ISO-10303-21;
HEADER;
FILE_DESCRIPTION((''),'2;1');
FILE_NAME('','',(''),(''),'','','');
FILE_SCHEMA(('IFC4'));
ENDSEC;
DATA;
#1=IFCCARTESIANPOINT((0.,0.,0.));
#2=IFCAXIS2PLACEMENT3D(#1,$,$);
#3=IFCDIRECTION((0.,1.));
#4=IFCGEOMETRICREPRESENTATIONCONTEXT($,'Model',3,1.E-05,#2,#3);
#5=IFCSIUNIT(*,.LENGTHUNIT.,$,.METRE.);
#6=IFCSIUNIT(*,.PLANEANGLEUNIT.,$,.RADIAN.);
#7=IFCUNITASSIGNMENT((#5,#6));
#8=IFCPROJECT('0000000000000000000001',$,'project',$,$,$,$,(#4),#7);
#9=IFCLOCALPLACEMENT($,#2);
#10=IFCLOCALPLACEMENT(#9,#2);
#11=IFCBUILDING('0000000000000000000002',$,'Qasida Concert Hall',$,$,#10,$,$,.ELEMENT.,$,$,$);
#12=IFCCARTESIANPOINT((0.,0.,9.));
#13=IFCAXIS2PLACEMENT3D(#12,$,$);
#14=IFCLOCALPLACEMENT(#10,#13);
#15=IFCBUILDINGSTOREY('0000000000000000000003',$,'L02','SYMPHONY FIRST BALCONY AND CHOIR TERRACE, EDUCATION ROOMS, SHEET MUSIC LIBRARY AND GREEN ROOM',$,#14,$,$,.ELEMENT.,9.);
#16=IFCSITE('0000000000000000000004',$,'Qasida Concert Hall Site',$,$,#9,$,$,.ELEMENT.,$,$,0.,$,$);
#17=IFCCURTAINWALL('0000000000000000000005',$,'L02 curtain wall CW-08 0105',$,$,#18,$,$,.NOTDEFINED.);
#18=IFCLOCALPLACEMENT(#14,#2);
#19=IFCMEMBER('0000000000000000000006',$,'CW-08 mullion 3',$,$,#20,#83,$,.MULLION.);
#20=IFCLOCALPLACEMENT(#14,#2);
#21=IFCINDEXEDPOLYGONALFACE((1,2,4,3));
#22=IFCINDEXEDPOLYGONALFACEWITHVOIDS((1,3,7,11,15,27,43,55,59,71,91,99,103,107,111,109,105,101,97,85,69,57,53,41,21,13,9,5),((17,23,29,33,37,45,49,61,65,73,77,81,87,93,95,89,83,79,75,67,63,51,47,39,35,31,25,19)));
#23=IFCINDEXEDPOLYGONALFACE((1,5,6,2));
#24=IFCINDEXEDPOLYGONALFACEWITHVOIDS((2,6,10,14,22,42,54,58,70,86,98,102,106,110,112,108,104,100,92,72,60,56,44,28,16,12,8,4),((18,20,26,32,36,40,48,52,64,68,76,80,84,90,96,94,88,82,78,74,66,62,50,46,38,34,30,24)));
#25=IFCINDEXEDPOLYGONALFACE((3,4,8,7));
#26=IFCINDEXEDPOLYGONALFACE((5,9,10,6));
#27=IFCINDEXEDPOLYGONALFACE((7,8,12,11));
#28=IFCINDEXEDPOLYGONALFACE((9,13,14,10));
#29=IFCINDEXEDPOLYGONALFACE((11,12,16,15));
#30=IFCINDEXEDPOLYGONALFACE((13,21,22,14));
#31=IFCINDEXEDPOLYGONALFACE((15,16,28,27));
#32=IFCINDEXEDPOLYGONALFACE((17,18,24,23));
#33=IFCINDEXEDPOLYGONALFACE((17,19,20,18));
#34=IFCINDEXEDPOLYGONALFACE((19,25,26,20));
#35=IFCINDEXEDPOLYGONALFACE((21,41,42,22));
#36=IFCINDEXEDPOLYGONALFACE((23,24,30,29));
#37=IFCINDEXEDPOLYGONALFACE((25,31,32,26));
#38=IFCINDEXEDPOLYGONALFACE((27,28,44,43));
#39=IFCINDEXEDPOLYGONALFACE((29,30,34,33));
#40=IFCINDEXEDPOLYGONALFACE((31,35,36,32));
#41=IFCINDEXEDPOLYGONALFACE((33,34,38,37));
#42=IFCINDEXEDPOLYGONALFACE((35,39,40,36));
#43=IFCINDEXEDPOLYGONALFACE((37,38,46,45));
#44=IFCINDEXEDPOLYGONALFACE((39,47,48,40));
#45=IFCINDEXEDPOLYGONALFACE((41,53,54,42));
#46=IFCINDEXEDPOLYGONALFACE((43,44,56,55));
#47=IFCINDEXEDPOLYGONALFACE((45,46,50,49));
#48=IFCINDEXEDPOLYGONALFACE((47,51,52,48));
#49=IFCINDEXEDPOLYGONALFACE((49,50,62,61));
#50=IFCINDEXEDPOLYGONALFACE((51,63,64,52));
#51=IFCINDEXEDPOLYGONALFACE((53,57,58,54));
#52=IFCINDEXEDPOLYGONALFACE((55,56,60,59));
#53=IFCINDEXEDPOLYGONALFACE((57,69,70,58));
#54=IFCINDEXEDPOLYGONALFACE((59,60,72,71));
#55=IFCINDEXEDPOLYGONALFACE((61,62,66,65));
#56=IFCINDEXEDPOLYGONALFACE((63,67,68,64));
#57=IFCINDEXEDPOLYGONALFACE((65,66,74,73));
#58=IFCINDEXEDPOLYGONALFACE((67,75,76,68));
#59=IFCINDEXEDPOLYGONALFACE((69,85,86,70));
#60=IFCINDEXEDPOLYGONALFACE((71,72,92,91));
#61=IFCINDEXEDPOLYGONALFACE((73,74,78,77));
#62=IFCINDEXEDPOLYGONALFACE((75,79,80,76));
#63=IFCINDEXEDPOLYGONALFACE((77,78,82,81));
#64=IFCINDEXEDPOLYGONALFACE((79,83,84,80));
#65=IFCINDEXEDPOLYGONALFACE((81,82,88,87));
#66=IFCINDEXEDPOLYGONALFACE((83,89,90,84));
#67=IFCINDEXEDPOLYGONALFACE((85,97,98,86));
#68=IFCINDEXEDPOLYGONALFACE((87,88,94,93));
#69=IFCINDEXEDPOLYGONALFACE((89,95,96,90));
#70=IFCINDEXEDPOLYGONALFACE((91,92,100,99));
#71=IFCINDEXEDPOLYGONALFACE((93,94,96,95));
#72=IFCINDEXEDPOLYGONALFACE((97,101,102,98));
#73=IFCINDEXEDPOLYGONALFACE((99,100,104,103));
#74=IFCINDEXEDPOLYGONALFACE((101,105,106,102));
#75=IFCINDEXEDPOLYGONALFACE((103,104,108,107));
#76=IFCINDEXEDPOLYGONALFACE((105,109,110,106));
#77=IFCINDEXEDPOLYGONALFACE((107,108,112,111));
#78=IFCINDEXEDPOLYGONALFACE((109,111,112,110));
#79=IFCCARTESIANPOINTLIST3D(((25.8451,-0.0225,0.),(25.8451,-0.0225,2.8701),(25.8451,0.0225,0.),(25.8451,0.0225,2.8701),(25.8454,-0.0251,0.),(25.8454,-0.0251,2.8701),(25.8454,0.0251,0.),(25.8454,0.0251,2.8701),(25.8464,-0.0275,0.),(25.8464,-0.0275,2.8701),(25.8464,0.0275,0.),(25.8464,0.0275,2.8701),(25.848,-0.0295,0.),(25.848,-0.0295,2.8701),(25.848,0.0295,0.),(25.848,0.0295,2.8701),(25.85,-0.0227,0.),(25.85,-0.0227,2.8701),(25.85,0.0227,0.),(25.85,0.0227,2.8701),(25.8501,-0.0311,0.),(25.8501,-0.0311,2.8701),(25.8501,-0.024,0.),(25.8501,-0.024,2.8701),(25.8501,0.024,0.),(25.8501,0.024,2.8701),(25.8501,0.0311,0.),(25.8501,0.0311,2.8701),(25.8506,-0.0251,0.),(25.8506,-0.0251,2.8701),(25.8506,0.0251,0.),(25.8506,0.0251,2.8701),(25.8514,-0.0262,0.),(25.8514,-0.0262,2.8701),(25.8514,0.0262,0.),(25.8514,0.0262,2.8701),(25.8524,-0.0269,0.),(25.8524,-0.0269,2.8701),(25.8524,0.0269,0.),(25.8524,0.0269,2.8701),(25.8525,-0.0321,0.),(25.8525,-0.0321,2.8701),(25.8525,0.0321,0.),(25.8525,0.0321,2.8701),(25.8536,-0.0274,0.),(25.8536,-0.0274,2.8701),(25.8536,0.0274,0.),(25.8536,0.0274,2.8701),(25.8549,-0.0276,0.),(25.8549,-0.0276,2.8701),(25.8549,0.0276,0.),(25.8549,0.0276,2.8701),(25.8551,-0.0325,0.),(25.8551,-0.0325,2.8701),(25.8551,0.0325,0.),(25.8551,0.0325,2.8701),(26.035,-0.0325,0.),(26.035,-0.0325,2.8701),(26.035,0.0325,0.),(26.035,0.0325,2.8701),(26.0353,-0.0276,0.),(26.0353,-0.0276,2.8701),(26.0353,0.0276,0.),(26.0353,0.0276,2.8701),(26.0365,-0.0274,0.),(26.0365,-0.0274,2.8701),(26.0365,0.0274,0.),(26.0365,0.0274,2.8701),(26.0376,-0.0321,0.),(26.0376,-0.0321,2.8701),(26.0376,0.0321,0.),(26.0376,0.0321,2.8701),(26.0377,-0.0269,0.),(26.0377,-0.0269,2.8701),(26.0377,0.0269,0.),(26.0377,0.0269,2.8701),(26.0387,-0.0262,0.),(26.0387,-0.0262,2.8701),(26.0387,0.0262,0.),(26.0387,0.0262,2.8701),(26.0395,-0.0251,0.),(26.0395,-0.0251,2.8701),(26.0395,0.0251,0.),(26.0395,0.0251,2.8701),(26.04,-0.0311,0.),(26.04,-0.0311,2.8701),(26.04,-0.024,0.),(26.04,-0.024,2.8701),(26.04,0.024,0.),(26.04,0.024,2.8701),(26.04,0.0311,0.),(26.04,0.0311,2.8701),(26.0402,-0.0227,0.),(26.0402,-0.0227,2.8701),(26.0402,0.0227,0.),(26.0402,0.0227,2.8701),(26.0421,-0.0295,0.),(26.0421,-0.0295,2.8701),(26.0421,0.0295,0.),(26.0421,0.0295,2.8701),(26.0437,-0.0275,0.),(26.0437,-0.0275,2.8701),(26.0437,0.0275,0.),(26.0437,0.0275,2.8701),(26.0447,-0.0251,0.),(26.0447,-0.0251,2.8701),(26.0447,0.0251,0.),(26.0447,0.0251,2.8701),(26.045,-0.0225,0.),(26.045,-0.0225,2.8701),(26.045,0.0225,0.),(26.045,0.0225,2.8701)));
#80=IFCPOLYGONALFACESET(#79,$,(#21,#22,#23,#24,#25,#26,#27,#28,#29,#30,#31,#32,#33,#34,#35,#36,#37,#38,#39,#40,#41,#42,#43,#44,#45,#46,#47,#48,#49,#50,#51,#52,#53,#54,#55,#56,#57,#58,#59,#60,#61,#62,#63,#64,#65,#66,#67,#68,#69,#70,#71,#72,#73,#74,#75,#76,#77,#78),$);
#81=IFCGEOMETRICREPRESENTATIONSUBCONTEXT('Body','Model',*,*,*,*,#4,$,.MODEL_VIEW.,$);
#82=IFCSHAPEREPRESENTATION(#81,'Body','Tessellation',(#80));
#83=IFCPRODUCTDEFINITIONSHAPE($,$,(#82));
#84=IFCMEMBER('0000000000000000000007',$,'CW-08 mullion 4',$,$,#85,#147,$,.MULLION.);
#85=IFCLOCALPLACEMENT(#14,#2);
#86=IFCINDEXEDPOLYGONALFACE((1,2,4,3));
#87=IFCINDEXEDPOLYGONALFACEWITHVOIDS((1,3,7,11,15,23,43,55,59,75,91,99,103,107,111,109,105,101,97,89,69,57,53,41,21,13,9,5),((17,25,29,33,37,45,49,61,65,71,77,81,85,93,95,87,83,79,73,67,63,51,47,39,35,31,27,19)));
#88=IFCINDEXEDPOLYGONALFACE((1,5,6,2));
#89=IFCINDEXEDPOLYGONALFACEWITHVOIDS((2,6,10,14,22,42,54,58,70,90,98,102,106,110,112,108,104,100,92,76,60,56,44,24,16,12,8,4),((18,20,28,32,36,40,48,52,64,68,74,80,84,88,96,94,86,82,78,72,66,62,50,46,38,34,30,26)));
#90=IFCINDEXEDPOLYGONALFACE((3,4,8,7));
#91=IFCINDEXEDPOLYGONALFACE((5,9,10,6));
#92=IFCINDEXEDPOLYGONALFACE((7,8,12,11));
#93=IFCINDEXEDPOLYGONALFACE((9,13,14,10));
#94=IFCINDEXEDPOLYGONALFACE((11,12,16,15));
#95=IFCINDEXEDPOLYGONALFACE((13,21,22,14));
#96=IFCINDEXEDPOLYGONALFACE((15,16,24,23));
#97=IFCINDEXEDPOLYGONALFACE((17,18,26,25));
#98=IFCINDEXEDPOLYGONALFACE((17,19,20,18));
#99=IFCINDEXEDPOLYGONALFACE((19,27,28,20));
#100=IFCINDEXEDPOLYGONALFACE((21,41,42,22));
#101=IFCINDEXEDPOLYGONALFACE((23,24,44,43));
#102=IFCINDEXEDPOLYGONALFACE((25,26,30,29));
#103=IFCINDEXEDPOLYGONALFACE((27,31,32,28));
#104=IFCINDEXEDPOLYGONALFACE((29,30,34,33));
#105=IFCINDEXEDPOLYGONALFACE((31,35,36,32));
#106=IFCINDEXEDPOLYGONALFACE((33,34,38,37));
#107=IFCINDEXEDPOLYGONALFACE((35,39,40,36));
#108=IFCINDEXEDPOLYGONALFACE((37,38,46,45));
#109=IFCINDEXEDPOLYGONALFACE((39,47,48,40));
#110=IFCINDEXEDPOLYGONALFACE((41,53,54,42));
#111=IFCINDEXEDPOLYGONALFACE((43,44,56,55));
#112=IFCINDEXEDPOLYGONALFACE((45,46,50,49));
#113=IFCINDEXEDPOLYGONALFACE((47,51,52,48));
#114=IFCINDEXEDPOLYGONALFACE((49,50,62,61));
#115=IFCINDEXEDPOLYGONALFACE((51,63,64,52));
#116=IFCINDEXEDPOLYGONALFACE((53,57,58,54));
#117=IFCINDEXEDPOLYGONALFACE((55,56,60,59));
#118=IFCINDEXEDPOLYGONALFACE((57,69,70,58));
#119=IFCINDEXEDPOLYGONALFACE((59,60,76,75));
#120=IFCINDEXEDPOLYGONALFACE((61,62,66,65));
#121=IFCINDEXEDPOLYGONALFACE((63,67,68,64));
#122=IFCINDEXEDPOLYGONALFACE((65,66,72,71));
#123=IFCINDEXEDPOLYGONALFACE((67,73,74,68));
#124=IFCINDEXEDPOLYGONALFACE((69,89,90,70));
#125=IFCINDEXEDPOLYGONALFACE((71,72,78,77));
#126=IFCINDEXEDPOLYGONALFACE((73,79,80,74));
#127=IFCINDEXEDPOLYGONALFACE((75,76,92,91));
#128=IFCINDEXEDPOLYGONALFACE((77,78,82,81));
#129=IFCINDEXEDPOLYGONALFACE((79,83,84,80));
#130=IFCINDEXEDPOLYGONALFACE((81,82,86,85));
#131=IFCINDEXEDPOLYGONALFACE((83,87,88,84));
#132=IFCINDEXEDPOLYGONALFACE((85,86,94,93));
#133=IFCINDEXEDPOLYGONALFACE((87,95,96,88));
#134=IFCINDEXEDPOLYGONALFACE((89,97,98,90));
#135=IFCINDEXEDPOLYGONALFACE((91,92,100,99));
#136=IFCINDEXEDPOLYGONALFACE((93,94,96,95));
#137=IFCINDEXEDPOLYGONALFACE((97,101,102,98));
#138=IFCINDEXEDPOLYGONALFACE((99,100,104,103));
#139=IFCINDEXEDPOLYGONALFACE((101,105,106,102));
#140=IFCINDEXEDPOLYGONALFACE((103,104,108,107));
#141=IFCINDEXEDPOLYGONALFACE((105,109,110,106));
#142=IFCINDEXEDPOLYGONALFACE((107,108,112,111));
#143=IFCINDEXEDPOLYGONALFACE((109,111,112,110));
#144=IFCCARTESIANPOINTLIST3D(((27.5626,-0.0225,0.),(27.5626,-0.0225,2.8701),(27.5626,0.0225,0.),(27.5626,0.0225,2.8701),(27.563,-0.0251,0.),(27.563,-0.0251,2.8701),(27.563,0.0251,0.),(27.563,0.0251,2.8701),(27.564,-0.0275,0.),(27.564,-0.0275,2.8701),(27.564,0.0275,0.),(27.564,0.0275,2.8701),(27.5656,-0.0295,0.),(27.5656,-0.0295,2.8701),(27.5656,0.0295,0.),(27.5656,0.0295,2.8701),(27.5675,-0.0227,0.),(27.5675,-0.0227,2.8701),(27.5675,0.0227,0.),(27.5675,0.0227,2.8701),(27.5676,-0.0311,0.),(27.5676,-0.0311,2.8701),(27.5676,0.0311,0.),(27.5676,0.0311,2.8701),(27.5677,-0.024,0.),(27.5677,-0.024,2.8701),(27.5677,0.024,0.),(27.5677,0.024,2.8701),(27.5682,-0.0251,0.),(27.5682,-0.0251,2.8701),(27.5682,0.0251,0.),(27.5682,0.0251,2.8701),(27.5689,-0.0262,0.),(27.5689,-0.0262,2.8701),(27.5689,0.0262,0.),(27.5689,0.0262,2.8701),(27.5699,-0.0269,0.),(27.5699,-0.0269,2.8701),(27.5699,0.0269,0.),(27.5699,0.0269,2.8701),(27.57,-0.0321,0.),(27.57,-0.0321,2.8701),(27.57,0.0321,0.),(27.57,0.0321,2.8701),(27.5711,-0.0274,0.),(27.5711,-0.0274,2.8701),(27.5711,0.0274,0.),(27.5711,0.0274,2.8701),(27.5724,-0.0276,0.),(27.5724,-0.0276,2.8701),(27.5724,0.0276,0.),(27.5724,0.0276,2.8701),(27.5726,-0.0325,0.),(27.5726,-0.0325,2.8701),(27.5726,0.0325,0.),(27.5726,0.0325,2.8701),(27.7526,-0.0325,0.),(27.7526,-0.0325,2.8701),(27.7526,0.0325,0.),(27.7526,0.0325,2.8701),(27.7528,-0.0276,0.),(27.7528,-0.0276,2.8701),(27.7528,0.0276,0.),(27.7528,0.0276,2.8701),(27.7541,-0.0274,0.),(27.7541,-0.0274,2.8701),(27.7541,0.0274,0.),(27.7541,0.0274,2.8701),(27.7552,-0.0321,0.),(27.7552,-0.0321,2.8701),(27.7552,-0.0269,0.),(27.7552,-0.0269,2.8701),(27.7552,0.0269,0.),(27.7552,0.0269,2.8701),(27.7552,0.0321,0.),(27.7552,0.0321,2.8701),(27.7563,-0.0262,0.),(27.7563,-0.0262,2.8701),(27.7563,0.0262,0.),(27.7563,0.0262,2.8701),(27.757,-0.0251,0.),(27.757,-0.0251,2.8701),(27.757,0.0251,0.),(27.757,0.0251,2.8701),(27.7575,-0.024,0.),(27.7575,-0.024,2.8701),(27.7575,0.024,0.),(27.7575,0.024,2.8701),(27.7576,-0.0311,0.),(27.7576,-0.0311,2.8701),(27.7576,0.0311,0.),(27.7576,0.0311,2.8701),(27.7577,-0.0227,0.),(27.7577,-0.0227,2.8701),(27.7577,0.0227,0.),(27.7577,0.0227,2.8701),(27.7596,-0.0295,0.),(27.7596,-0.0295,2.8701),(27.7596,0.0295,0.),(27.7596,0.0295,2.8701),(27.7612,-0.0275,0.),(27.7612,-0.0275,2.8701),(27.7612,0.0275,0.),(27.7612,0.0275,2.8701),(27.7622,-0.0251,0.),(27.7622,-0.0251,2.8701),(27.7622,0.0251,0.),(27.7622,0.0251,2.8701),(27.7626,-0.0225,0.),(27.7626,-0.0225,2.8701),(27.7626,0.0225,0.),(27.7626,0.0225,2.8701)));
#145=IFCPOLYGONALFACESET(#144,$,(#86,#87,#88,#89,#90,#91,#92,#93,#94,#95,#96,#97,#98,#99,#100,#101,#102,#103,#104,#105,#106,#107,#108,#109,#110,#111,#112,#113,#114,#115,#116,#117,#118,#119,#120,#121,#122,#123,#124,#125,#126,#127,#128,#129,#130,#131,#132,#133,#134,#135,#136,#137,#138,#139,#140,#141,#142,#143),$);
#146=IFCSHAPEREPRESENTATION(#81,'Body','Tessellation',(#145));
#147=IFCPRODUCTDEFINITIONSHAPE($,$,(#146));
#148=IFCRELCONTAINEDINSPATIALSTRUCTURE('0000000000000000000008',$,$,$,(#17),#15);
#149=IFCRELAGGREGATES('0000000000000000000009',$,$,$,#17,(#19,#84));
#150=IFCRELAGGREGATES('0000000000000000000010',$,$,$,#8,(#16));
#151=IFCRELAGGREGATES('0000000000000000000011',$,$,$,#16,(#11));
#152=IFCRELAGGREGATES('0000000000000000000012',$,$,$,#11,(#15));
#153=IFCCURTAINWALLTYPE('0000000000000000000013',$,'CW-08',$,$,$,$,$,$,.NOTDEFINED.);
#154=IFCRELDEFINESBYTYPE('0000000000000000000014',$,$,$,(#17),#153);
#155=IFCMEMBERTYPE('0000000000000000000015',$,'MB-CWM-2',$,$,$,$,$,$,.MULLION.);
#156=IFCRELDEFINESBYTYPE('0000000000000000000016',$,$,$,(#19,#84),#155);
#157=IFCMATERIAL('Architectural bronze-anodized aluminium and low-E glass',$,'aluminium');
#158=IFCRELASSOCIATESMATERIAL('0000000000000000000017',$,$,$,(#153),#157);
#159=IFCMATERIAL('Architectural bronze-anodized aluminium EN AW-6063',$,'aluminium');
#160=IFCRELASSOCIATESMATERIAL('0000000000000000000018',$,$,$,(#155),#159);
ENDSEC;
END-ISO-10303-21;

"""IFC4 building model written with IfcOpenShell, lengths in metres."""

from ifc_helpers import new_model, si_unit, direction, frame, origin, origin_2d, place, context, subcontext, project, spatial, hollow_rectangle, extrude, material, material_profile, profile_set, type_object, element, aggregate, save


model = new_model("IFC4")

# Units and contexts
model_context = context("Model", 3, precision=1e-05, world=origin(), true_north=direction((0.0, 1.0)))
body_context = subcontext(model_context, "Body", "Model", "MODEL_VIEW")
ifc_project = project(units=[si_unit("LENGTHUNIT", "METRE"), si_unit("PLANEANGLEUNIT", "RADIAN")], contexts=[model_context])

# Site, building, storey
site_placement = place(None, origin())
site = spatial("IfcSite", under=ifc_project, at=site_placement, Name="Qasida Concert Hall Site", CompositionType="ELEMENT", RefElevation=0.0)
building_placement = place(site_placement, origin())
building = spatial("IfcBuilding", under=site, at=building_placement, Name="Qasida Concert Hall", CompositionType="ELEMENT")
storey_placement = place(building_placement, frame((0.0, 0.0, 9.0)))
storey = spatial("IfcBuildingStorey", under=building, at=storey_placement, Name="L02", Description="SYMPHONY FIRST BALCONY AND CHOIR TERRACE, EDUCATION ROOMS, SHEET MUSIC LIBRARY AND GREEN ROOM", CompositionType="ELEMENT", Elevation=9.0)

# Curtain wall, members
ifc_material_1 = material(Name="Architectural bronze-anodized aluminium and low-E glass", Category="aluminium")
curtain_wall_type = type_object("IfcCurtainWallType", Name="CW-08", PredefinedType="NOTDEFINED", material=ifc_material_1)
curtain_wall_placement = place(storey_placement, origin())
curtain_wall = element("IfcCurtainWall", 1, at=curtain_wall_placement, inside=storey, type_object=curtain_wall_type, Name="L02 curtain wall CW-08 0105", PredefinedType="NOTDEFINED")
ifc_material_2 = material(Name="Architectural bronze-anodized aluminium EN AW-6063", Category="aluminium")
ifc_material_profile_1 = material_profile(ifc_material_2, hollow_rectangle(XDim=0.0649, YDim=0.2, WallThickness=0.0049, InnerFilletRadius=0.0049, OuterFilletRadius=0.01, at=origin_2d()), Name="CWM 200x65x5")
ifc_profile_set_1 = profile_set([ifc_material_profile_1], Name="Architectural bronze-anodized aluminium EN AW-6063")
member_type_1 = type_object("IfcMemberType", Name="MB-CWM-2", PredefinedType="MULLION", material=ifc_profile_set_1)
member_1_placement = place(storey_placement, frame((25.9451, 0.0, 0.0), z_axis=(0.0, 0.0, 1.0), x_axis=(0.0, 1.0, 0.0)))
member_1 = element("IfcMember", 2, at=member_1_placement, type_object=member_type_1, Name="CW-08 mullion 3", PredefinedType="MULLION", context=body_context, shape_type="SweptSolid", body=[
    extrude(hollow_rectangle(XDim=0.0649, YDim=0.2, WallThickness=0.0049, InnerFilletRadius=0.0049, OuterFilletRadius=0.01, at=origin_2d()), origin(), (0.0, 0.0, 1.0), 2.8701),
])
member_2_placement = place(storey_placement, frame((27.6626, 0.0, 0.0), z_axis=(0.0, 0.0, 1.0), x_axis=(0.0, 1.0, 0.0)))
member_2 = element("IfcMember", 3, at=member_2_placement, type_object=member_type_1, Name="CW-08 mullion 4", PredefinedType="MULLION", context=body_context, shape_type="SweptSolid", body=[
    extrude(hollow_rectangle(XDim=0.0649, YDim=0.2, WallThickness=0.0049, InnerFilletRadius=0.0049, OuterFilletRadius=0.01, at=origin_2d()), origin(), (0.0, 0.0, 1.0), 2.8701),
])
aggregate(curtain_wall, [member_1, member_2])

save(model, "model.ifc")
